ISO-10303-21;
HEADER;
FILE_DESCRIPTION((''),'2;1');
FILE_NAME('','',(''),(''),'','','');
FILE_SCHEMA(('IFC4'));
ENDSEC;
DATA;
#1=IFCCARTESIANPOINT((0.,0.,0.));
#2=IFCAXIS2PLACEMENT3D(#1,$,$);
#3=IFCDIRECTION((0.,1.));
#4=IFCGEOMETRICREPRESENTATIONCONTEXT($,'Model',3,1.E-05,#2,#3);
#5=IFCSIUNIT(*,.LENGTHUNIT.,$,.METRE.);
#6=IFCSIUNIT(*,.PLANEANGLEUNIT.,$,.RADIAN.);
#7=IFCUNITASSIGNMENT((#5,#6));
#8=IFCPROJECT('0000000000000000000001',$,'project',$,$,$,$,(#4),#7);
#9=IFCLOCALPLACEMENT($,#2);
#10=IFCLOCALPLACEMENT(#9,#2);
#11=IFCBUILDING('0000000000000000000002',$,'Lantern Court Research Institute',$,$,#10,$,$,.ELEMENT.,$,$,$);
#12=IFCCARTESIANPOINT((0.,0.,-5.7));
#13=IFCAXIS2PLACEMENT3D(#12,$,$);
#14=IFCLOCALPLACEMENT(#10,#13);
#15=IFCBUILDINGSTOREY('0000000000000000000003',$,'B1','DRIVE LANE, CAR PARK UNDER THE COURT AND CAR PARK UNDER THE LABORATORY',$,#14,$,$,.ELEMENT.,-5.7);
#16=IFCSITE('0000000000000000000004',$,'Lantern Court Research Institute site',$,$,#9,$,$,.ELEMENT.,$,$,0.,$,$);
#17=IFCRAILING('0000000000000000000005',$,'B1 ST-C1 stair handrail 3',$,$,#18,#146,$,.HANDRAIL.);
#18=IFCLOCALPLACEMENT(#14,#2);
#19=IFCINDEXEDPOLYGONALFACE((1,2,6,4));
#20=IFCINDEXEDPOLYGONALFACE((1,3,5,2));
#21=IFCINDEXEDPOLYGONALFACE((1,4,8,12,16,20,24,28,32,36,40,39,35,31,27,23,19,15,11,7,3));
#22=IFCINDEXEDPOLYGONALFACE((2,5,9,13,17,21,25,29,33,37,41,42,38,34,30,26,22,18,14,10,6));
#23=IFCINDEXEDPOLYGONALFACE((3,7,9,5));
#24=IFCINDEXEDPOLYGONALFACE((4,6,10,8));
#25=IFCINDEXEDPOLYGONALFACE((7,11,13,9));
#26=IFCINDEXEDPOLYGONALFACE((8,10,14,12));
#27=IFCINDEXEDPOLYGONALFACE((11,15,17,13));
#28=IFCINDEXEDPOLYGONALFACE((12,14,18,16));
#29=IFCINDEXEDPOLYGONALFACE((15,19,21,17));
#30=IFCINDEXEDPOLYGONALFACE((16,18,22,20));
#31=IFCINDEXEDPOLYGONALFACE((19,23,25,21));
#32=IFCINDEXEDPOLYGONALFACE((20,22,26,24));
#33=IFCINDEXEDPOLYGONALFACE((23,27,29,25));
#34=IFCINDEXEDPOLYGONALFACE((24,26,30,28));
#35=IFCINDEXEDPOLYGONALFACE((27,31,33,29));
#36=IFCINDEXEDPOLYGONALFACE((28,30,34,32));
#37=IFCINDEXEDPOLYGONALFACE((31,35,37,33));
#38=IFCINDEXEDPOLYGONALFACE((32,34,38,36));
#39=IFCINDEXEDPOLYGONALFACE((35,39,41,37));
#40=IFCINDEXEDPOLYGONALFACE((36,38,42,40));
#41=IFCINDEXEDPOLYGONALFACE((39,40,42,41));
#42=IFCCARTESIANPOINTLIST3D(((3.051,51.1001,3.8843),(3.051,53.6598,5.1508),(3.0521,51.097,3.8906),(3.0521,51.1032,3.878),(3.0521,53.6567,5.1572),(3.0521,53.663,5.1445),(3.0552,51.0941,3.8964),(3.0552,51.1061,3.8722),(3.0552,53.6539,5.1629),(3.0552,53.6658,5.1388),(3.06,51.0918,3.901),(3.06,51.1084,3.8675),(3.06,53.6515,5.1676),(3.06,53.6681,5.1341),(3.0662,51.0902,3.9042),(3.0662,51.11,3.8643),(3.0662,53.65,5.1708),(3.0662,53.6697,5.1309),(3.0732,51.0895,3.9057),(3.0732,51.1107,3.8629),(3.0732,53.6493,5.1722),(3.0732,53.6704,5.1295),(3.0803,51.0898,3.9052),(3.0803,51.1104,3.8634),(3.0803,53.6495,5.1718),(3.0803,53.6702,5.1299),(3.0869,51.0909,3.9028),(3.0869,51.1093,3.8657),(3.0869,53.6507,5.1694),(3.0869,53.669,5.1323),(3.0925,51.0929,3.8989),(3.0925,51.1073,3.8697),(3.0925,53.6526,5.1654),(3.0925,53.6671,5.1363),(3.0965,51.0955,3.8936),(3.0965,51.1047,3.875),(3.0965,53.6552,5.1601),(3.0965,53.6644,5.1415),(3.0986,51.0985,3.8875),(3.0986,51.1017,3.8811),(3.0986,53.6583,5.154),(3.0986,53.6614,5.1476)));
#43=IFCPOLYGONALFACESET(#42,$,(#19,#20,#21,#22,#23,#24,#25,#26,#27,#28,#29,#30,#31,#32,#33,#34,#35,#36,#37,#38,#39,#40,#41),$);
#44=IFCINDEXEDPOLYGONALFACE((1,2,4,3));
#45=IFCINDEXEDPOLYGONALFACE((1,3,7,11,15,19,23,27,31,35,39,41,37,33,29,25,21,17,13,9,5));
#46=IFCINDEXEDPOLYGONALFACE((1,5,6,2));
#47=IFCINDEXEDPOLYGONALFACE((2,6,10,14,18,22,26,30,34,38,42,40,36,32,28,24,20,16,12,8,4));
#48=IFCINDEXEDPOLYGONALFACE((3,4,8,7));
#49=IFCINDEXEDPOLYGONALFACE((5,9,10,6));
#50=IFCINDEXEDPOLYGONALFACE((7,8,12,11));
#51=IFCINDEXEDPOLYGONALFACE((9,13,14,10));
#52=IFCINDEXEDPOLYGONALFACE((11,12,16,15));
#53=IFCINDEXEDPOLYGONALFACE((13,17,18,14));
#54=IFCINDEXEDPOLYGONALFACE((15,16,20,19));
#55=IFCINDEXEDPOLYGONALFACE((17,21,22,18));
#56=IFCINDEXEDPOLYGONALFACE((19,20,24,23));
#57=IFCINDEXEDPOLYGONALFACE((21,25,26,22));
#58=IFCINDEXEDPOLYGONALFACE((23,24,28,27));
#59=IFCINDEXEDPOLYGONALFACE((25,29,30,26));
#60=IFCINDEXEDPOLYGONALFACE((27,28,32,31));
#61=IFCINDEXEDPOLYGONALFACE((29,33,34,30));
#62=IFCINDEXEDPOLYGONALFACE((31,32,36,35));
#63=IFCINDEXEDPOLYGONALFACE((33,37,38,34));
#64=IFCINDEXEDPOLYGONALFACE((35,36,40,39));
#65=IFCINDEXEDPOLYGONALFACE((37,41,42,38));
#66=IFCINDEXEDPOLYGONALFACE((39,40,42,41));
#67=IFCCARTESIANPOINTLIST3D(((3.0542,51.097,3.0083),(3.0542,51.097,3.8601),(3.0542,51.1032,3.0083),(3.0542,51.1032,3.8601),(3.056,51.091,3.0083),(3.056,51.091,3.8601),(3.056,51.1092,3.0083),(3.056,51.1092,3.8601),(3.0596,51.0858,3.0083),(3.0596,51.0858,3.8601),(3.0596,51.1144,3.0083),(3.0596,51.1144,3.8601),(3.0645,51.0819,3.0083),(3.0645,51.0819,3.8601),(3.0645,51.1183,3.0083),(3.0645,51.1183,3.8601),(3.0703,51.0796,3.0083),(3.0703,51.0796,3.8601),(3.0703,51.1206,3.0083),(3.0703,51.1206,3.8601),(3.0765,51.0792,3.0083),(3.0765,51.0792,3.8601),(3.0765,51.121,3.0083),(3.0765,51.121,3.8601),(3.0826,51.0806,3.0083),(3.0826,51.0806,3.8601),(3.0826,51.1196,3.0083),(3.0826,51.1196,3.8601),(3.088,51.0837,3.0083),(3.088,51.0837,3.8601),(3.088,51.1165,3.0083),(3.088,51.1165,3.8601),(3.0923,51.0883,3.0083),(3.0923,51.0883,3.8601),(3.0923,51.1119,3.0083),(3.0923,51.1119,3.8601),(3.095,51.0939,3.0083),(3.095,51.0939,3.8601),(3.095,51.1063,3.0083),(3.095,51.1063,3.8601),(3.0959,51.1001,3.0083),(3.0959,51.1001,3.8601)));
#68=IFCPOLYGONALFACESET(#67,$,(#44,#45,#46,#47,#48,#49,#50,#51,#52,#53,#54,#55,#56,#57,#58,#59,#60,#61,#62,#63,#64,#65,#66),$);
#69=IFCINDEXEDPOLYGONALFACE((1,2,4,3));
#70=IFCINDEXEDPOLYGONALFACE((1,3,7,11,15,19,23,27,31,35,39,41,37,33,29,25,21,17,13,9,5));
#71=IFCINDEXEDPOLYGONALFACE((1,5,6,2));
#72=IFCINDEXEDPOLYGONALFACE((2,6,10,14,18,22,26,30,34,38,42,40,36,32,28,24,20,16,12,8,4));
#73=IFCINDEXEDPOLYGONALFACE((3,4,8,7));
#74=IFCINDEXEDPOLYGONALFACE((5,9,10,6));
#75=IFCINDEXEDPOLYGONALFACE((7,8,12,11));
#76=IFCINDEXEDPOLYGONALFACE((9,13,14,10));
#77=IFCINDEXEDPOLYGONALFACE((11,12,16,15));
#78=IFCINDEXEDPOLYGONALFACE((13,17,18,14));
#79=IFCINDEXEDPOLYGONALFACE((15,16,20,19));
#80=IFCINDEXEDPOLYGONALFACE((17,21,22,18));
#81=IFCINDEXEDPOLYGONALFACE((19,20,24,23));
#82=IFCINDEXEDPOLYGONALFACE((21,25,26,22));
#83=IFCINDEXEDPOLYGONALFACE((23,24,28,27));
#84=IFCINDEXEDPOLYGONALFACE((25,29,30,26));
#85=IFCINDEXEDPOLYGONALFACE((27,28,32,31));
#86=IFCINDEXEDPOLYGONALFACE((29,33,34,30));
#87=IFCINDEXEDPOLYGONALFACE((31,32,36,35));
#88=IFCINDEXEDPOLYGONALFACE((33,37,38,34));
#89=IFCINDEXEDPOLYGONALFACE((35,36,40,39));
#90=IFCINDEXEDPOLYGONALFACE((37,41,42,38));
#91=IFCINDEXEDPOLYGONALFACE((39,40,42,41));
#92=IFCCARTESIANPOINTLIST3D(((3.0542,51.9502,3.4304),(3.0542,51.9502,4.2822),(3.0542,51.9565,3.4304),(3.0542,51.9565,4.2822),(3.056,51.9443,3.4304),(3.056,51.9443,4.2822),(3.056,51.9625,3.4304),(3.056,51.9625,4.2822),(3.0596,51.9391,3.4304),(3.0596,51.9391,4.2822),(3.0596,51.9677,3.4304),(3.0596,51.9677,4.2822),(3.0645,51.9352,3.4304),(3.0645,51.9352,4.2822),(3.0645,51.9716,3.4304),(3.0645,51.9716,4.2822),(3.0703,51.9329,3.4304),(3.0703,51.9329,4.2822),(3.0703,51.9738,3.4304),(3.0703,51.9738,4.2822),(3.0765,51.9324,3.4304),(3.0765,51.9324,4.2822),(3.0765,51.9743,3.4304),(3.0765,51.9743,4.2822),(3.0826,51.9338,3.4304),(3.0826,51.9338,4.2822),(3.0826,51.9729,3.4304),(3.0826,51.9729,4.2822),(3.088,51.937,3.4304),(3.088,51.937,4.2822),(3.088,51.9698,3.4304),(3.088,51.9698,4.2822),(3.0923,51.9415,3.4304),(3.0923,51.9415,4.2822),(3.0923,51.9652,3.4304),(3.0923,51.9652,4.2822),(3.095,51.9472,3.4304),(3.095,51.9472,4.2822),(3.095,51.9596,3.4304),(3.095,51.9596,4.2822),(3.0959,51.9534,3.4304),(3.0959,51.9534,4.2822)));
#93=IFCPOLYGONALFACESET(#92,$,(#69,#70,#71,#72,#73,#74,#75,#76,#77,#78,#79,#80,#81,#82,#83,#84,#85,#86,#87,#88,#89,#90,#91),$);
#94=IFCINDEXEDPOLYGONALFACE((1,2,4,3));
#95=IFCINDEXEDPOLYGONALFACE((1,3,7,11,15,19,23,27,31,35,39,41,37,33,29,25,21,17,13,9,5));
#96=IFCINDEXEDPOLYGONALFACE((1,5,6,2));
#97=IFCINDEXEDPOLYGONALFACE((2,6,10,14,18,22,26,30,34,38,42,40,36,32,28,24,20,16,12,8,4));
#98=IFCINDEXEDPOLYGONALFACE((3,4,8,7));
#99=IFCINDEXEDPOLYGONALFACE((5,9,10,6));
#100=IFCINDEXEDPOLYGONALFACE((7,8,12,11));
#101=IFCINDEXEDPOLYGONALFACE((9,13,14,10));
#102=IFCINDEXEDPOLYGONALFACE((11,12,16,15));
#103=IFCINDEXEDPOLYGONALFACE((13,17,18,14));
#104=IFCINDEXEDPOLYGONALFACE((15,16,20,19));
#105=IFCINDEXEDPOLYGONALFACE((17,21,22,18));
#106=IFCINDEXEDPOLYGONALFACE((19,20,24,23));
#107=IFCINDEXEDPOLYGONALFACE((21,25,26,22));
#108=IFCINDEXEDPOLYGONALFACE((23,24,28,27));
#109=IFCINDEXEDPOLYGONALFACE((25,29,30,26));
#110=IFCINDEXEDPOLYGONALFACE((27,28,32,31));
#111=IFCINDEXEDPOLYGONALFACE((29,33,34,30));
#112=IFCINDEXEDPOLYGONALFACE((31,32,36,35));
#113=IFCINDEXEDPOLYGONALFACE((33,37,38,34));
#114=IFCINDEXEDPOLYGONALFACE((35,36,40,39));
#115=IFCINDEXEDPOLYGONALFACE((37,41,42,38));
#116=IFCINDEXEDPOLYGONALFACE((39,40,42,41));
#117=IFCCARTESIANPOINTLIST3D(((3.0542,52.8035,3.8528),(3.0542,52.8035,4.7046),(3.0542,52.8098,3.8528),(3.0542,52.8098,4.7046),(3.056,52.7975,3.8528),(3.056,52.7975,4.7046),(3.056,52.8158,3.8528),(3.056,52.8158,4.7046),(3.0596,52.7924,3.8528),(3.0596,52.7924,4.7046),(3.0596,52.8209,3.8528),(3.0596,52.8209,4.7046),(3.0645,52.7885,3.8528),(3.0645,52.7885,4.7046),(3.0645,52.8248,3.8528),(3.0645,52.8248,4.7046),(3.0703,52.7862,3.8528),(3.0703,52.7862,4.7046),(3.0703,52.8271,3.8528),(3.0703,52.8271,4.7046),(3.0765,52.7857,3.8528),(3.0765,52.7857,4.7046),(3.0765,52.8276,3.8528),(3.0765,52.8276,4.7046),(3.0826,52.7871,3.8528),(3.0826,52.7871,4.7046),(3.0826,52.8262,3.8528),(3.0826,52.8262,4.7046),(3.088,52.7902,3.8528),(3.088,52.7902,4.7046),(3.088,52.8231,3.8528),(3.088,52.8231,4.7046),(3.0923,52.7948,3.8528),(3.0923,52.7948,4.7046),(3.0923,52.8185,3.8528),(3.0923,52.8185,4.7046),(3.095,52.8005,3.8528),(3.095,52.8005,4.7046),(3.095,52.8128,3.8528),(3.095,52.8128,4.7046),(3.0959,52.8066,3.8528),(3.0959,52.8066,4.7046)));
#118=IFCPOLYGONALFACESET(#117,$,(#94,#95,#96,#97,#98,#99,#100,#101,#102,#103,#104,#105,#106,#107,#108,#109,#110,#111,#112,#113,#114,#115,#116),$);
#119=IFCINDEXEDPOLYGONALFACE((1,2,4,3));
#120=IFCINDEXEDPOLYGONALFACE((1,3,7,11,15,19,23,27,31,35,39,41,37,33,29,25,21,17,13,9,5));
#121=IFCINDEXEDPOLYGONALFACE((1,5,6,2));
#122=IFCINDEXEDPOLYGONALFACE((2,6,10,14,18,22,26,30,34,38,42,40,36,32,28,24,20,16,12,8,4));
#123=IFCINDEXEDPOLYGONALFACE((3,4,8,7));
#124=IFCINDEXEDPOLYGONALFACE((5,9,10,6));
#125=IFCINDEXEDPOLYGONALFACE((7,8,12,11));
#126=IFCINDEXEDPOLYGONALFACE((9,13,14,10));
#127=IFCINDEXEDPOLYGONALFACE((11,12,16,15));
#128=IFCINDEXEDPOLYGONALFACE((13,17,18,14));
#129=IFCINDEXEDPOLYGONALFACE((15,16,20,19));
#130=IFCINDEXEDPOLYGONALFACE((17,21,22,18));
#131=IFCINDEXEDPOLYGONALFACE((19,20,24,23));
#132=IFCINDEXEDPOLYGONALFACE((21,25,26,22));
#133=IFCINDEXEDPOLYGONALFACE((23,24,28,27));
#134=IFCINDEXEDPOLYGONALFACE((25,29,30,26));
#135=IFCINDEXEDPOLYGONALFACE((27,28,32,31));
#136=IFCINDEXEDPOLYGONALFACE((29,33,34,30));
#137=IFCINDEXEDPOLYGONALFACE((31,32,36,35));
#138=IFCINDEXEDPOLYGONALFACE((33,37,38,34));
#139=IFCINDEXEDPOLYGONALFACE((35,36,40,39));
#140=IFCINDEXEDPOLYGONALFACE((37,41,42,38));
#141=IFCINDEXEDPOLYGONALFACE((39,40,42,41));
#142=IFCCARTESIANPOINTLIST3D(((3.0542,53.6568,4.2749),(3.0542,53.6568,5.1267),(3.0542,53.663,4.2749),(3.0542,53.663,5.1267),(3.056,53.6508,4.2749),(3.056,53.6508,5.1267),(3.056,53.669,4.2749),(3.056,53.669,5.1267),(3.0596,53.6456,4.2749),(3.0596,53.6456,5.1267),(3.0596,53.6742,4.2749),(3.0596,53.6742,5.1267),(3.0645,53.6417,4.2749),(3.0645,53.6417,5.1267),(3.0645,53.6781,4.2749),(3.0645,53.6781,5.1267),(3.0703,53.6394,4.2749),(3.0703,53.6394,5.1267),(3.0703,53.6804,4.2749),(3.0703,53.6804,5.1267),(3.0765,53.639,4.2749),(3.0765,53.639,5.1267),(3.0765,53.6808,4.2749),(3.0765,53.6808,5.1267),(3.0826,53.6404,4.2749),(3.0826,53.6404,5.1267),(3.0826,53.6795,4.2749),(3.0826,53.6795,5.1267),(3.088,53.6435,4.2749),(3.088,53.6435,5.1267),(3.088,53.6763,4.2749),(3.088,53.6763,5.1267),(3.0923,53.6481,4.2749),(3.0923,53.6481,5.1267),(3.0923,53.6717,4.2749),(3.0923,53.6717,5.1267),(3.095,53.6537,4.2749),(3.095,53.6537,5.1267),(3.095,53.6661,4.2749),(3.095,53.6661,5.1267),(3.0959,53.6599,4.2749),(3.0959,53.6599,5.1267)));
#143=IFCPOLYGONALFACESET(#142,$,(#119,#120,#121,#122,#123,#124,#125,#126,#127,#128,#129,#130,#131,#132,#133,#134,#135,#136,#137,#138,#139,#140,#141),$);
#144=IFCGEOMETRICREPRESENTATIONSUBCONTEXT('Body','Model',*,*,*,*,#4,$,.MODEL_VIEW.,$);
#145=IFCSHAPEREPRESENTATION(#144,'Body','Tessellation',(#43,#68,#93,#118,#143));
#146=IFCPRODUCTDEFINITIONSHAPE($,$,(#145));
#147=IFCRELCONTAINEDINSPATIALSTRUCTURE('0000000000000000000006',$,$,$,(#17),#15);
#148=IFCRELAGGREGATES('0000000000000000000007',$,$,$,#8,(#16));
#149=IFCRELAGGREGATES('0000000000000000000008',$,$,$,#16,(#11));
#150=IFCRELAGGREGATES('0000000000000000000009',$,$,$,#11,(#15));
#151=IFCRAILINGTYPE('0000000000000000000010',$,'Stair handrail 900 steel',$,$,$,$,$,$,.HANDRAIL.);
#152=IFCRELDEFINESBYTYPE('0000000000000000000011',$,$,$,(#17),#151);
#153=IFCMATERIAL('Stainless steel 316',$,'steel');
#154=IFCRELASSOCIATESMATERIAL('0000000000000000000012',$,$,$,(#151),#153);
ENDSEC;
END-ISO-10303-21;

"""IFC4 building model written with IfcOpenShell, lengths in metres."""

from ifc_helpers import new_model, si_unit, direction, frame, origin, origin_2d, place, context, subcontext, project, spatial, circle, extrude, material, type_object, element, save


model = new_model("IFC4")

# Units and contexts
model_context = context("Model", 3, precision=1e-05, world=origin(), true_north=direction((0.0, 1.0)))
body_context = subcontext(model_context, "Body", "Model", "MODEL_VIEW")
ifc_project = project(units=[si_unit("LENGTHUNIT", "METRE"), si_unit("PLANEANGLEUNIT", "RADIAN")], contexts=[model_context])

# Site, building, storey
site_placement = place(None, origin())
site = spatial("IfcSite", under=ifc_project, at=site_placement, Name="Lantern Court Research Institute site", CompositionType="ELEMENT", RefElevation=0.0)
building_placement = place(site_placement, origin())
building = spatial("IfcBuilding", under=site, at=building_placement, Name="Lantern Court Research Institute", CompositionType="ELEMENT")
storey_placement = place(building_placement, frame((0.0, 0.0, -5.7)))
storey = spatial("IfcBuildingStorey", under=building, at=storey_placement, Name="B1", Description="DRIVE LANE, CAR PARK UNDER THE COURT AND CAR PARK UNDER THE LABORATORY", CompositionType="ELEMENT", Elevation=-5.7)

# Railing
ifc_material_1 = material(Name="Stainless steel 316", Category="steel")
railing_type_1 = type_object("IfcRailingType", Name="Stair handrail 900 steel", PredefinedType="HANDRAIL", material=ifc_material_1)
railing_1_placement = place(storey_placement, frame((3.075, 51.1001, 3.0083)))
element("IfcRailing", 1, at=railing_1_placement, inside=storey, type_object=railing_type_1, Name="B1 ST-C1 stair handrail 3", PredefinedType="HANDRAIL", context=body_context, shape_type="SweptSolid", body=[
    extrude(circle(Radius=0.0239, at=origin_2d()), frame((0.0, 0.0, 0.876), z_axis=(0.0, 0.896283, 0.443483), x_axis=(-1.0, 0.0, 0.0)), (0.0, 0.0, 1.0), 2.856),
    extrude(circle(Radius=0.021, at=origin_2d()), origin(), (0.0, 0.0, 1.0), 0.8518),
    extrude(circle(Radius=0.021, at=origin_2d()), frame((0.0, 0.8533, 0.4221)), (0.0, 0.0, 1.0), 0.8518),
    extrude(circle(Radius=0.021, at=origin_2d()), frame((0.0, 1.7065, 0.8445)), (0.0, 0.0, 1.0), 0.8518),
    extrude(circle(Radius=0.021, at=origin_2d()), frame((0.0, 2.5598, 1.2666)), (0.0, 0.0, 1.0), 0.8518),
])

save(model, "model.ifc")
